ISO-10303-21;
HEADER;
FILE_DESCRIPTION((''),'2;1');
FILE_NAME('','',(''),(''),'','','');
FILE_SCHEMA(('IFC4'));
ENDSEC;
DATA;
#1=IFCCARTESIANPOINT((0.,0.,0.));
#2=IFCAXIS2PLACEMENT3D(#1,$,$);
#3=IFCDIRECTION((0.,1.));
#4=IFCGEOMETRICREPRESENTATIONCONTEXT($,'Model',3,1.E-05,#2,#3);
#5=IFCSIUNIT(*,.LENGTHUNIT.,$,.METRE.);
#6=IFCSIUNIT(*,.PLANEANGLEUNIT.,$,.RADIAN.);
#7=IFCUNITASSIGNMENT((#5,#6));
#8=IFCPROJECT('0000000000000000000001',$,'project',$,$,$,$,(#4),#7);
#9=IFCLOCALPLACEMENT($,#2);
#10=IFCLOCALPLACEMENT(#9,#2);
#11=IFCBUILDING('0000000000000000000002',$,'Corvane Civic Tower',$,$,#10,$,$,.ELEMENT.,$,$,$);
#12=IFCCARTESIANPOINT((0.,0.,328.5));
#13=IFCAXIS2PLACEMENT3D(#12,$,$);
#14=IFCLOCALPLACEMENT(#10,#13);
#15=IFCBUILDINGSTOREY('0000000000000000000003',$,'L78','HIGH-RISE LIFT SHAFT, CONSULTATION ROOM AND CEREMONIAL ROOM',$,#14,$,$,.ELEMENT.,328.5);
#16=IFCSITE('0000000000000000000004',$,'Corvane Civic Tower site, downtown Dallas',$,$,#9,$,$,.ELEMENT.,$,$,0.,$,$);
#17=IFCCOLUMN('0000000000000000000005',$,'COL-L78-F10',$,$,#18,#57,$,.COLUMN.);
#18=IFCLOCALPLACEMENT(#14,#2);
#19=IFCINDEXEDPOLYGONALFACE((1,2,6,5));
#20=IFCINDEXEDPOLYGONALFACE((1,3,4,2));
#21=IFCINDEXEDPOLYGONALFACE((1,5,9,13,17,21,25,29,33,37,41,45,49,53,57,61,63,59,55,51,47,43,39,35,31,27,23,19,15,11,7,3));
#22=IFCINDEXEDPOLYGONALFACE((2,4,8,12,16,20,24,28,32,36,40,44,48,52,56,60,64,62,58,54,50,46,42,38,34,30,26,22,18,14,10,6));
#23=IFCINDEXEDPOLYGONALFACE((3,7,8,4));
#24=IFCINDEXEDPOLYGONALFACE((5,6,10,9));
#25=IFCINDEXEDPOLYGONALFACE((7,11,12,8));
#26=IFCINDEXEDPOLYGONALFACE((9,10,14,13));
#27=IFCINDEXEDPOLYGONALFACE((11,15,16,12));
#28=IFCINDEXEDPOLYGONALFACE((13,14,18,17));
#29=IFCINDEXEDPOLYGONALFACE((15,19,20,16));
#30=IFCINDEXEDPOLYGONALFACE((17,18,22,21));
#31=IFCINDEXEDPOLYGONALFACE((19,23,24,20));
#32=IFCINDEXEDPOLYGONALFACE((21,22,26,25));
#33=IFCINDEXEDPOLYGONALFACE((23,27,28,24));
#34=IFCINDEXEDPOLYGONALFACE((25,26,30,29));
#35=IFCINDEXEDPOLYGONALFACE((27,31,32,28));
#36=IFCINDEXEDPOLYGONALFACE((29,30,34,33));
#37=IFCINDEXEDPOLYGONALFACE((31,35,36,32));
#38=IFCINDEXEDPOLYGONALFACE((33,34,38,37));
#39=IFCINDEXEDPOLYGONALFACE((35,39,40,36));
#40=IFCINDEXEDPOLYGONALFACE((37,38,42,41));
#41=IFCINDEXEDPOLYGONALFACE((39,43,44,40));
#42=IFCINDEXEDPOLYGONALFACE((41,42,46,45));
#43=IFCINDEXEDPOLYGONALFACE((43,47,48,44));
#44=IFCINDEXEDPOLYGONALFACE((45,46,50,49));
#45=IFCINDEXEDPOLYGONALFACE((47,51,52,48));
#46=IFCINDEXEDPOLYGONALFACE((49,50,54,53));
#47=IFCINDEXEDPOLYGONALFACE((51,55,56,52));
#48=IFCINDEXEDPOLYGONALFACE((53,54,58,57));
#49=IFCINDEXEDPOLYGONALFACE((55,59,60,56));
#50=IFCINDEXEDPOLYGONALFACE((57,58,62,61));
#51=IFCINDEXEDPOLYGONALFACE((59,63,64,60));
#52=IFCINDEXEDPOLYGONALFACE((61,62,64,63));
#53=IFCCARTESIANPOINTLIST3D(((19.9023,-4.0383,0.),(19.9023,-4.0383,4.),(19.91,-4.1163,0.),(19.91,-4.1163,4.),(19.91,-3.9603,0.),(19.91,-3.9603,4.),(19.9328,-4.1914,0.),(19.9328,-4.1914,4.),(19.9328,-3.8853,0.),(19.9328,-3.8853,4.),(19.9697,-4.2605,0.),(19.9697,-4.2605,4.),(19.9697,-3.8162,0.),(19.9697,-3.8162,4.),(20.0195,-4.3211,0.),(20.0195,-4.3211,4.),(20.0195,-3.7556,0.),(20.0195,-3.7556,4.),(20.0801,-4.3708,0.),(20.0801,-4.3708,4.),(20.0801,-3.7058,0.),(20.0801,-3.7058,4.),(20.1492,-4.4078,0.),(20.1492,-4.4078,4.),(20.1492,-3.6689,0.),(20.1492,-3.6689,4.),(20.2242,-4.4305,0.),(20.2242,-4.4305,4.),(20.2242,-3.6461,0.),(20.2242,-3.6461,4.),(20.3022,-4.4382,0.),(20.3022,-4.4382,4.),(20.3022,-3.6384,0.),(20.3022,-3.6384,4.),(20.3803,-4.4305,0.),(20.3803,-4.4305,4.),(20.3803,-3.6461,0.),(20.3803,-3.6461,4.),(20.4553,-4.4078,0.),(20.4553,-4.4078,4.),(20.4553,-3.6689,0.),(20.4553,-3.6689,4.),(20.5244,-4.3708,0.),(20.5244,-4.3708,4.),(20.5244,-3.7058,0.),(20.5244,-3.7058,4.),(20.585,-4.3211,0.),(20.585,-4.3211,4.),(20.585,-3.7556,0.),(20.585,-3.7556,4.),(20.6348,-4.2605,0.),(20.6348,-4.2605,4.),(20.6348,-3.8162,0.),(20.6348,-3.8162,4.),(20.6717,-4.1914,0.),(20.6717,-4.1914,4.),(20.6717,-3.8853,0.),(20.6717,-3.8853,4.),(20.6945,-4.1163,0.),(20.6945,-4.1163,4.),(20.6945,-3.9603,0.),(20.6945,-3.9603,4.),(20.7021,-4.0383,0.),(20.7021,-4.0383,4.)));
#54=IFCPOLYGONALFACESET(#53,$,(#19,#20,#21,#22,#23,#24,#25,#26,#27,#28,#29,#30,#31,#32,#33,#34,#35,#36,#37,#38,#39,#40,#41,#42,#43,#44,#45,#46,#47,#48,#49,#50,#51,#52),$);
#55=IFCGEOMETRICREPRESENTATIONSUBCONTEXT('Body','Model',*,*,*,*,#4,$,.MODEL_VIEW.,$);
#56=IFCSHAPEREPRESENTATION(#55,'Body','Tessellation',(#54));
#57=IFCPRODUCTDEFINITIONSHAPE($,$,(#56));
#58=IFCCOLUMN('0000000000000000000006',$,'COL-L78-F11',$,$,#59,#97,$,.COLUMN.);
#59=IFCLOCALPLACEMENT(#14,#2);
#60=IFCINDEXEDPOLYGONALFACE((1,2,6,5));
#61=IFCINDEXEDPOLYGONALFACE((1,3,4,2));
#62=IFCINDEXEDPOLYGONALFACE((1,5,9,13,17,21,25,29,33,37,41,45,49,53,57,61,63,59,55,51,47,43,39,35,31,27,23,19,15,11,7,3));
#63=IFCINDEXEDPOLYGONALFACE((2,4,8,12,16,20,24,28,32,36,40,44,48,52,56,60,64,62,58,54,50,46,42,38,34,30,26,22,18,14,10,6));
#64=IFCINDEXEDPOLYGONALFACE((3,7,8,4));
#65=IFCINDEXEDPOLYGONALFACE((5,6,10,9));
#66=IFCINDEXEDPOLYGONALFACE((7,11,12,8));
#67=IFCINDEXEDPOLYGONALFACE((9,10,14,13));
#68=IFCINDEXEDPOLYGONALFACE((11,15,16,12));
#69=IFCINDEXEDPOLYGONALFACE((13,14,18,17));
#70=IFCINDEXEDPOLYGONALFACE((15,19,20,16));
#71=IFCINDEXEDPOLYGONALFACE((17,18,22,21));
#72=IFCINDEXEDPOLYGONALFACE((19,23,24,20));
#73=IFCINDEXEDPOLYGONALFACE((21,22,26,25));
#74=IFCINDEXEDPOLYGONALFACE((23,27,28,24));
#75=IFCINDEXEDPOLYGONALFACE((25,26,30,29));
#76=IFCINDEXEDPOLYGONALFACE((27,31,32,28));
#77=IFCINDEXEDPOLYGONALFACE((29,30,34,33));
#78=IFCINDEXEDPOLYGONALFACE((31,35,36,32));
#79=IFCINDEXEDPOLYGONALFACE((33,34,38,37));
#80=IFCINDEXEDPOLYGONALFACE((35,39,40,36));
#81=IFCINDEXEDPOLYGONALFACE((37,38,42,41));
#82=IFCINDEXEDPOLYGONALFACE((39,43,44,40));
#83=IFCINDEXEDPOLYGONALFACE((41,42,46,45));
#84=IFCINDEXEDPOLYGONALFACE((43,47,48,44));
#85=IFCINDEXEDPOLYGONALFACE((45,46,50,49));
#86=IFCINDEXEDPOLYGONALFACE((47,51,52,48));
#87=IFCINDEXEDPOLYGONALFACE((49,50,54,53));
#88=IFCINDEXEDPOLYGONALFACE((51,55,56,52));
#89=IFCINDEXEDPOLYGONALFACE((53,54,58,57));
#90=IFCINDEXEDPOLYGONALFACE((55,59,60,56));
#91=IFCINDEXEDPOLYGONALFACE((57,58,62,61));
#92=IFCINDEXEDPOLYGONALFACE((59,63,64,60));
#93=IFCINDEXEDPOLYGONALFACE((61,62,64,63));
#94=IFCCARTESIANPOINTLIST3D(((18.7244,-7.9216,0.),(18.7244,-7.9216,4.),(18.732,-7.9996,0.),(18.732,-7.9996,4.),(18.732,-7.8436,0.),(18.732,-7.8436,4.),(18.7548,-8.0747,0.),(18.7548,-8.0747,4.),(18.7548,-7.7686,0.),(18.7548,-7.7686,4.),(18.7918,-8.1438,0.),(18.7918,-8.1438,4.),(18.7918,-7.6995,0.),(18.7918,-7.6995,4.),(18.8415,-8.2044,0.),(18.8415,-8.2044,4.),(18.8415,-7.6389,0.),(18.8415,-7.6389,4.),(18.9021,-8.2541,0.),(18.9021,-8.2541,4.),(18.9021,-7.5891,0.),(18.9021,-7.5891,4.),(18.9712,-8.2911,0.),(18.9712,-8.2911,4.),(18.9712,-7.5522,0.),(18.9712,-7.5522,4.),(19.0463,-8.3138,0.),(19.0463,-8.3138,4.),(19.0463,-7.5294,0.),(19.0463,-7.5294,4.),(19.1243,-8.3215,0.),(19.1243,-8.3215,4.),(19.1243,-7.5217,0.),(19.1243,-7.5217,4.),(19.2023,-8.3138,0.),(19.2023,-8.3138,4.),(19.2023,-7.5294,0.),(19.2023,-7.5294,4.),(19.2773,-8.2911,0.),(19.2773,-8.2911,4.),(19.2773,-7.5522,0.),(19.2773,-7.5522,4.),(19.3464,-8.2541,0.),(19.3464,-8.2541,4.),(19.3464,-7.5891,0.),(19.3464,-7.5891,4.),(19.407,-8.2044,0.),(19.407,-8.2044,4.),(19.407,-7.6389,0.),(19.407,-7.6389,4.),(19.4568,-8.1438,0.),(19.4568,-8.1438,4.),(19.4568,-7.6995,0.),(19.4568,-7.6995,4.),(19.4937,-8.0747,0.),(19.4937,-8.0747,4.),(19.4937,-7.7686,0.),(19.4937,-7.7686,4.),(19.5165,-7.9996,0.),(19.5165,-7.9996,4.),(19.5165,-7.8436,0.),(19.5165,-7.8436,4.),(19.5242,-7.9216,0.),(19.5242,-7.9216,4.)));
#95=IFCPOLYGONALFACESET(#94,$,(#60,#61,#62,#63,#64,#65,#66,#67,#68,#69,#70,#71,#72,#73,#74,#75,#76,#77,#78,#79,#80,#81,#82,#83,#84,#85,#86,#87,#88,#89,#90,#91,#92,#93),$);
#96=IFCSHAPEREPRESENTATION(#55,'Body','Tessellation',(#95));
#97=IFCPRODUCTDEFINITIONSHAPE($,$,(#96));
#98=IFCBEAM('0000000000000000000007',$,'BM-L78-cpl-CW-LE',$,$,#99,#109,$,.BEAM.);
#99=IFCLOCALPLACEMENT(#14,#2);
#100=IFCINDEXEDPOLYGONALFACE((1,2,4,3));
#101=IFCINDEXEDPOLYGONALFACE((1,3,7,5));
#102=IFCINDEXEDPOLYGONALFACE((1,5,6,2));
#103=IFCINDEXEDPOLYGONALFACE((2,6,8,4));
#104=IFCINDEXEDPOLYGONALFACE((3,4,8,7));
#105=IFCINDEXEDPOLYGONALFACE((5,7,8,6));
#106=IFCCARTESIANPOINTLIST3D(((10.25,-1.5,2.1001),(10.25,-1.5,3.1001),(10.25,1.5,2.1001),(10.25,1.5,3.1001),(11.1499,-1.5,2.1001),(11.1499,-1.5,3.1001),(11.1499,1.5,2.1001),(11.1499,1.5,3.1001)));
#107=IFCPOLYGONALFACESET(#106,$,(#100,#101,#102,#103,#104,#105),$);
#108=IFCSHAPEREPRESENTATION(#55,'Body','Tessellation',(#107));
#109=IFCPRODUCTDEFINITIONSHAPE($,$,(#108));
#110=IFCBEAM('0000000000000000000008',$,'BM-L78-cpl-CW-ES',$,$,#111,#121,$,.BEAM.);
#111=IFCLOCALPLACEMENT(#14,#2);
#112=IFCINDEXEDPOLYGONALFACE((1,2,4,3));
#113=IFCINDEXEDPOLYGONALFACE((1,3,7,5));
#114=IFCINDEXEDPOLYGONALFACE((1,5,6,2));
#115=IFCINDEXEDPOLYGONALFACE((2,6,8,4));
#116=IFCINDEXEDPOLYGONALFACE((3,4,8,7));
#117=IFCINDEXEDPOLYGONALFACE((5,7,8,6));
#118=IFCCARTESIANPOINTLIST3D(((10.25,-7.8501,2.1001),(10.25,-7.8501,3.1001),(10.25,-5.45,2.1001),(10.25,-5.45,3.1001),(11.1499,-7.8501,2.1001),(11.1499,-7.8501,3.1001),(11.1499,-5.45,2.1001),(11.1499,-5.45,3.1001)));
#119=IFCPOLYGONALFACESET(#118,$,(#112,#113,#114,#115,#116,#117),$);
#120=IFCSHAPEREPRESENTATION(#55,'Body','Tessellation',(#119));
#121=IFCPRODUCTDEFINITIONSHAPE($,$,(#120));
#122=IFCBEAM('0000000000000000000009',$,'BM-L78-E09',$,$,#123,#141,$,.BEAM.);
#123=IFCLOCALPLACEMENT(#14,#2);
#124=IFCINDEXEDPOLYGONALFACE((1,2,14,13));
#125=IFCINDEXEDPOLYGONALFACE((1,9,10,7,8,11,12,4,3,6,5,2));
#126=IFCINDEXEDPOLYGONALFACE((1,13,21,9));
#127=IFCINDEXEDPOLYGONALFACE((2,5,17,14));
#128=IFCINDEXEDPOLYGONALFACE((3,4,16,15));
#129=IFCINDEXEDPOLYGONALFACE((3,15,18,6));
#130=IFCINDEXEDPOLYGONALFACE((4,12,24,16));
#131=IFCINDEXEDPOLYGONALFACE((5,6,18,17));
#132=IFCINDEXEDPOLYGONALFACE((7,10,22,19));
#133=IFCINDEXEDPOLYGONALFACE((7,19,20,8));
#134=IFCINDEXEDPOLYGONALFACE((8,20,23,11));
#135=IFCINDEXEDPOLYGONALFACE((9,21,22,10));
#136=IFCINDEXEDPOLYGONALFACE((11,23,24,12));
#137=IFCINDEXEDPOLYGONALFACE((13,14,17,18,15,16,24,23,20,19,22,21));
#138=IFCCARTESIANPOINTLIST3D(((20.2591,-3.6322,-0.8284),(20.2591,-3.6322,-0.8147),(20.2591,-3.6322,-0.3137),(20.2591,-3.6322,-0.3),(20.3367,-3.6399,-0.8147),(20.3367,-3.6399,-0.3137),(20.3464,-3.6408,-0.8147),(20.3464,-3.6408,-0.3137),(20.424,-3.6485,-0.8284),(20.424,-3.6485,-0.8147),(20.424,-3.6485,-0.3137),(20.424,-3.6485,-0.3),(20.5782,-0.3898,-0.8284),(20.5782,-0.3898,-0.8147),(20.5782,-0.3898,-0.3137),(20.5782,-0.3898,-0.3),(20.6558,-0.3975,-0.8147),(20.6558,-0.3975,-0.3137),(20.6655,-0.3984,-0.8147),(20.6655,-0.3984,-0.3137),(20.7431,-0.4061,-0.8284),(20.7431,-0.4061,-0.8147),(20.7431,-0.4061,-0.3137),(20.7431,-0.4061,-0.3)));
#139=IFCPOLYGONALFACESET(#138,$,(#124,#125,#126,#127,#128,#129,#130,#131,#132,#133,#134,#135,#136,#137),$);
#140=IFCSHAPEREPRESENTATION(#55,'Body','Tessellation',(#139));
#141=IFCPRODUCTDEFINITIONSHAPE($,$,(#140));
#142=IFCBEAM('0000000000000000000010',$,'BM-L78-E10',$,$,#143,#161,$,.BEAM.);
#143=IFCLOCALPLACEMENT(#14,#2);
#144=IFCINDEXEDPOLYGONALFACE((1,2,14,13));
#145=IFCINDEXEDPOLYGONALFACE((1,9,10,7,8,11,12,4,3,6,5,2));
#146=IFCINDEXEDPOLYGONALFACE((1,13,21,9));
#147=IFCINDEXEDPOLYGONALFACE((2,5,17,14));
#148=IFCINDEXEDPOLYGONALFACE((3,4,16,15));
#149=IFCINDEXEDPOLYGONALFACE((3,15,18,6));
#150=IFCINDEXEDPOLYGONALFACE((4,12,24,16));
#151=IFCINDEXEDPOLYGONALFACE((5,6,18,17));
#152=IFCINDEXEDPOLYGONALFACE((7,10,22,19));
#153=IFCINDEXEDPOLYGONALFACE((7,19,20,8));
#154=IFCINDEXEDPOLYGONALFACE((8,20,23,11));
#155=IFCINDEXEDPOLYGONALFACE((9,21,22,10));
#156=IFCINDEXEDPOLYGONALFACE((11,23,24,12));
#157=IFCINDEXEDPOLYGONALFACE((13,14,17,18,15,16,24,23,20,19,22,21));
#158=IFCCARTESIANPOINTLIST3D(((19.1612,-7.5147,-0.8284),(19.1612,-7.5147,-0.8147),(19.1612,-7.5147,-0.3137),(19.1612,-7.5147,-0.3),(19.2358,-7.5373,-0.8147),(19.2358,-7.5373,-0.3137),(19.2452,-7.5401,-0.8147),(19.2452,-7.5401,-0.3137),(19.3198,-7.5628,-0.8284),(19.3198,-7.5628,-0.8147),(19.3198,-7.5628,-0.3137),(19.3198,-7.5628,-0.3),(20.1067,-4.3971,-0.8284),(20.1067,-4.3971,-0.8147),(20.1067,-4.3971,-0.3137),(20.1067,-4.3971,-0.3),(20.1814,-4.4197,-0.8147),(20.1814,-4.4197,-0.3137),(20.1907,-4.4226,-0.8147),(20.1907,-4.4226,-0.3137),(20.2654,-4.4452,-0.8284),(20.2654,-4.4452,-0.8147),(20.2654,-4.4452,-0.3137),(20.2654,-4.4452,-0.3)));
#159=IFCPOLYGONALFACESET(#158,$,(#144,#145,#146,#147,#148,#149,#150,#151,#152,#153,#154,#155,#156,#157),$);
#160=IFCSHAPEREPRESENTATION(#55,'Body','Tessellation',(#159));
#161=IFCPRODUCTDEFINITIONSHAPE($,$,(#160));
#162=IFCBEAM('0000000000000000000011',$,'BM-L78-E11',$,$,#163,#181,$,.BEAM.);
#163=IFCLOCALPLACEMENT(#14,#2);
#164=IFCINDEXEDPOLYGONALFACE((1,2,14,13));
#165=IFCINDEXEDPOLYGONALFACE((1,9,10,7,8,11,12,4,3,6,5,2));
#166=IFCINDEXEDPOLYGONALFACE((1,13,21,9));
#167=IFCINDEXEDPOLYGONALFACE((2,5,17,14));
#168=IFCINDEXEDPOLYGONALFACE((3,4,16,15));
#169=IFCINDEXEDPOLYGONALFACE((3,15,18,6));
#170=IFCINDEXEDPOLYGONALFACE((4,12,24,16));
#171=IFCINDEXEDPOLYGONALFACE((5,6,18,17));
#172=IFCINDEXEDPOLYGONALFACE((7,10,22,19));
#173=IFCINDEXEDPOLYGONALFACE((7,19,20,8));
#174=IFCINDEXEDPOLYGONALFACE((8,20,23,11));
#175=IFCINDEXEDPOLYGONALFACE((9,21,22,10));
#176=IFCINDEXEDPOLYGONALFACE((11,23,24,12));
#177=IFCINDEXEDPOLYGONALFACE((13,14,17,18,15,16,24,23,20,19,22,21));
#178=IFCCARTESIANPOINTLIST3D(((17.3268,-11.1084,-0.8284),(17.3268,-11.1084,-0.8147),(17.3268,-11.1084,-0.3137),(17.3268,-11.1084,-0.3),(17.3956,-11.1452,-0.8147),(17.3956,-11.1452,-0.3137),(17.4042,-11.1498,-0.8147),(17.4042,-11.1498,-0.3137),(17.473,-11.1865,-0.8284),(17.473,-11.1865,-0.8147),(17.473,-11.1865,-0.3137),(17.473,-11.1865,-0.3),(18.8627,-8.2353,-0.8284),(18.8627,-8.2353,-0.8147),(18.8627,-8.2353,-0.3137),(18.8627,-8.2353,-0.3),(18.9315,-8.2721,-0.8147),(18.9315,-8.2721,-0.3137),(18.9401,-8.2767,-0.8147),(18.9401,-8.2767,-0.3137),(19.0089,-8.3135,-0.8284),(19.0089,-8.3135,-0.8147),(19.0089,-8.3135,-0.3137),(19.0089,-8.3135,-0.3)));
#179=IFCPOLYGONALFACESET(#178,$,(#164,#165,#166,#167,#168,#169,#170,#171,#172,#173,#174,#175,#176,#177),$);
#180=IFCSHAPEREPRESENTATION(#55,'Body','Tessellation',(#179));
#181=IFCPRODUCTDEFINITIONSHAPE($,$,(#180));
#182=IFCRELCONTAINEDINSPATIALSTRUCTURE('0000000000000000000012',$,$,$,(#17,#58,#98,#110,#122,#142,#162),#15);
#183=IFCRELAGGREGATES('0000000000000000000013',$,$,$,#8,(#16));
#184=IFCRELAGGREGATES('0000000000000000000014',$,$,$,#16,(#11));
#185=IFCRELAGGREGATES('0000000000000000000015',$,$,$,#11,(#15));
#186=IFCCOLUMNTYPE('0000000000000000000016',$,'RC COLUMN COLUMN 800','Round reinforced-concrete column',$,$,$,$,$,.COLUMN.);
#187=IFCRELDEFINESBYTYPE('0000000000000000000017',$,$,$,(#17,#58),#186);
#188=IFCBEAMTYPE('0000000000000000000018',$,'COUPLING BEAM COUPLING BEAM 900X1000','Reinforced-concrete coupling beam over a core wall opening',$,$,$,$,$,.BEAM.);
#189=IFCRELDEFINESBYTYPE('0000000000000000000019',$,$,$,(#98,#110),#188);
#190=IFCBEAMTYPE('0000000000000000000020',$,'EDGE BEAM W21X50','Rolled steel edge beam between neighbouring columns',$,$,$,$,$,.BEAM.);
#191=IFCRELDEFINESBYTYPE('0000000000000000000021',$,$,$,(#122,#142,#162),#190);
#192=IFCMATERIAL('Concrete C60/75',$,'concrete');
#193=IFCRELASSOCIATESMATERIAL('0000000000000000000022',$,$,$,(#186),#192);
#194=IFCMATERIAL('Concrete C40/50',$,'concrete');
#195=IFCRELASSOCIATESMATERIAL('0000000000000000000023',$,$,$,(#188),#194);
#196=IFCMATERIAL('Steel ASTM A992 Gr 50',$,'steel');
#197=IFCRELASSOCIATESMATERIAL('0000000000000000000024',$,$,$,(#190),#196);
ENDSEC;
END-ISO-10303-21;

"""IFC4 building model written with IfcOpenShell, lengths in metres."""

from ifc_helpers import new_model, si_unit, direction, frame, origin, origin_2d, place, context, subcontext, project, spatial, rectangle, circle, i_section, extrude, material, material_profile, profile_set, type_object, element, save


model = new_model("IFC4")

# Units and contexts
model_context = context("Model", 3, precision=1e-05, world=origin(), true_north=direction((0.0, 1.0)))
body_context = subcontext(model_context, "Body", "Model", "MODEL_VIEW")
ifc_project = project(units=[si_unit("LENGTHUNIT", "METRE"), si_unit("PLANEANGLEUNIT", "RADIAN")], contexts=[model_context])

# Site, building, storey
site_placement = place(None, origin())
site = spatial("IfcSite", under=ifc_project, at=site_placement, Name="Corvane Civic Tower site, downtown Dallas", CompositionType="ELEMENT", RefElevation=0.0)
building_placement = place(site_placement, origin())
building = spatial("IfcBuilding", under=site, at=building_placement, Name="Corvane Civic Tower", CompositionType="ELEMENT")
storey_placement = place(building_placement, frame((0.0, 0.0, 328.5)))
storey = spatial("IfcBuildingStorey", under=building, at=storey_placement, Name="L78", Description="HIGH-RISE LIFT SHAFT, CONSULTATION ROOM AND CEREMONIAL ROOM", CompositionType="ELEMENT", Elevation=328.5)

# Columns
ifc_material_1 = material(Name="Concrete C60/75", Category="concrete")
ifc_material_profile_1 = material_profile(ifc_material_1, circle(Radius=0.3999, at=origin_2d()), Name="COLUMN 800")
ifc_profile_set_1 = profile_set([ifc_material_profile_1], Name="Concrete C60/75")
column_type = type_object("IfcColumnType", Name="RC COLUMN COLUMN 800", Description="Round reinforced-concrete column", PredefinedType="COLUMN", material=ifc_profile_set_1)
for number, where, z_axis, x_axis, name in (
    (1, (20.3022, -4.0383, 0.0), (0.0, 0.0, 1.0), (1.0, 0.0, 0.0), "COL-L78-F10"),
    (2, (19.1243, -7.9216, 0.0), (0.0, 0.0, 1.0), (1.0, 0.0, 0.0), "COL-L78-F11"),
):
    element("IfcColumn", number, at=place(storey_placement, frame(where, z_axis=z_axis, x_axis=x_axis)), inside=storey, type_object=column_type, Name=name, PredefinedType="COLUMN", context=body_context, shape_type="SweptSolid", body=[
        extrude(circle(Radius=0.3999, at=origin_2d()), origin(), (0.0, 0.0, 1.0), 4.0),
    ])

# Beams
ifc_material_2 = material(Name="Concrete C40/50", Category="concrete")
ifc_material_profile_2 = material_profile(ifc_material_2, rectangle(XDim=0.8999, YDim=1.0, at=origin_2d()), Name="COUPLING BEAM 900X1000")
ifc_profile_set_2 = profile_set([ifc_material_profile_2], Name="Concrete C40/50")
beam_type_1 = type_object("IfcBeamType", Name="COUPLING BEAM COUPLING BEAM 900X1000", Description="Reinforced-concrete coupling beam over a core wall opening", PredefinedType="BEAM", material=ifc_profile_set_2)
beam_1_placement = place(storey_placement, frame((10.7, -1.5, 2.6001), z_axis=(0.0, 1.0, 0.0), x_axis=(-1.0, 0.0, 0.0)))
element("IfcBeam", 3, at=beam_1_placement, inside=storey, type_object=beam_type_1, Name="BM-L78-cpl-CW-LE", PredefinedType="BEAM", context=body_context, shape_type="SweptSolid", body=[
    extrude(rectangle(XDim=0.8999, YDim=1.0, at=origin_2d()), origin(), (0.0, 0.0, 1.0), 3.0),
])
beam_2_placement = place(storey_placement, frame((10.7, -7.8501, 2.6001), z_axis=(0.0, 1.0, 0.0), x_axis=(-1.0, 0.0, 0.0)))
element("IfcBeam", 4, at=beam_2_placement, inside=storey, type_object=beam_type_1, Name="BM-L78-cpl-CW-ES", PredefinedType="BEAM", context=body_context, shape_type="SweptSolid", body=[
    extrude(rectangle(XDim=0.8999, YDim=1.0, at=origin_2d()), origin(), (0.0, 0.0, 1.0), 2.4001),
])
ifc_material_3 = material(Name="Steel ASTM A992 Gr 50", Category="steel")
ifc_material_profile_3 = material_profile(ifc_material_3, i_section(OverallWidth=0.1658, OverallDepth=0.5283, WebThickness=0.0098, FlangeThickness=0.0137, at=origin_2d()), Name="W21X50")
ifc_profile_set_3 = profile_set([ifc_material_profile_3], Name="Steel ASTM A992 Gr 50")
beam_type_2 = type_object("IfcBeamType", Name="EDGE BEAM W21X50", Description="Rolled steel edge beam between neighbouring columns", PredefinedType="BEAM", material=ifc_profile_set_3)
beam_3_placement = place(storey_placement, frame((20.6606, -0.3979, -0.5642), z_axis=(-0.097938, -0.995193, 0.0), x_axis=(0.995193, -0.097938, 0.0)))
element("IfcBeam", 5, at=beam_3_placement, inside=storey, type_object=beam_type_2, Name="BM-L78-E09", PredefinedType="BEAM", context=body_context, shape_type="SweptSolid", body=[
    extrude(i_section(OverallWidth=0.1658, OverallDepth=0.5283, WebThickness=0.0098, FlangeThickness=0.0137, at=origin_2d()), origin(), (0.0, 0.0, 1.0), 3.2581),
])
for number, where, z_axis, x_axis, name in (
    (6, (20.186, -4.4211, -0.5642), (-0.290234, -0.956956, 0.0), (0.956956, -0.290234, 0.0), "BM-L78-E10"),
    (7, (18.9358, -8.2744, -0.5642), (-0.471448, -0.881894, 0.0), (0.881894, -0.471448, 0.0), "BM-L78-E11"),
):
    element("IfcBeam", number, at=place(storey_placement, frame(where, z_axis=z_axis, x_axis=x_axis)), inside=storey, type_object=beam_type_2, Name=name, PredefinedType="BEAM", context=body_context, shape_type="SweptSolid", body=[
        extrude(i_section(OverallWidth=0.1658, OverallDepth=0.5283, WebThickness=0.0098, FlangeThickness=0.0137, at=origin_2d()), origin(), (0.0, 0.0, 1.0), 3.2578),
    ])

save(model, "model.ifc")
